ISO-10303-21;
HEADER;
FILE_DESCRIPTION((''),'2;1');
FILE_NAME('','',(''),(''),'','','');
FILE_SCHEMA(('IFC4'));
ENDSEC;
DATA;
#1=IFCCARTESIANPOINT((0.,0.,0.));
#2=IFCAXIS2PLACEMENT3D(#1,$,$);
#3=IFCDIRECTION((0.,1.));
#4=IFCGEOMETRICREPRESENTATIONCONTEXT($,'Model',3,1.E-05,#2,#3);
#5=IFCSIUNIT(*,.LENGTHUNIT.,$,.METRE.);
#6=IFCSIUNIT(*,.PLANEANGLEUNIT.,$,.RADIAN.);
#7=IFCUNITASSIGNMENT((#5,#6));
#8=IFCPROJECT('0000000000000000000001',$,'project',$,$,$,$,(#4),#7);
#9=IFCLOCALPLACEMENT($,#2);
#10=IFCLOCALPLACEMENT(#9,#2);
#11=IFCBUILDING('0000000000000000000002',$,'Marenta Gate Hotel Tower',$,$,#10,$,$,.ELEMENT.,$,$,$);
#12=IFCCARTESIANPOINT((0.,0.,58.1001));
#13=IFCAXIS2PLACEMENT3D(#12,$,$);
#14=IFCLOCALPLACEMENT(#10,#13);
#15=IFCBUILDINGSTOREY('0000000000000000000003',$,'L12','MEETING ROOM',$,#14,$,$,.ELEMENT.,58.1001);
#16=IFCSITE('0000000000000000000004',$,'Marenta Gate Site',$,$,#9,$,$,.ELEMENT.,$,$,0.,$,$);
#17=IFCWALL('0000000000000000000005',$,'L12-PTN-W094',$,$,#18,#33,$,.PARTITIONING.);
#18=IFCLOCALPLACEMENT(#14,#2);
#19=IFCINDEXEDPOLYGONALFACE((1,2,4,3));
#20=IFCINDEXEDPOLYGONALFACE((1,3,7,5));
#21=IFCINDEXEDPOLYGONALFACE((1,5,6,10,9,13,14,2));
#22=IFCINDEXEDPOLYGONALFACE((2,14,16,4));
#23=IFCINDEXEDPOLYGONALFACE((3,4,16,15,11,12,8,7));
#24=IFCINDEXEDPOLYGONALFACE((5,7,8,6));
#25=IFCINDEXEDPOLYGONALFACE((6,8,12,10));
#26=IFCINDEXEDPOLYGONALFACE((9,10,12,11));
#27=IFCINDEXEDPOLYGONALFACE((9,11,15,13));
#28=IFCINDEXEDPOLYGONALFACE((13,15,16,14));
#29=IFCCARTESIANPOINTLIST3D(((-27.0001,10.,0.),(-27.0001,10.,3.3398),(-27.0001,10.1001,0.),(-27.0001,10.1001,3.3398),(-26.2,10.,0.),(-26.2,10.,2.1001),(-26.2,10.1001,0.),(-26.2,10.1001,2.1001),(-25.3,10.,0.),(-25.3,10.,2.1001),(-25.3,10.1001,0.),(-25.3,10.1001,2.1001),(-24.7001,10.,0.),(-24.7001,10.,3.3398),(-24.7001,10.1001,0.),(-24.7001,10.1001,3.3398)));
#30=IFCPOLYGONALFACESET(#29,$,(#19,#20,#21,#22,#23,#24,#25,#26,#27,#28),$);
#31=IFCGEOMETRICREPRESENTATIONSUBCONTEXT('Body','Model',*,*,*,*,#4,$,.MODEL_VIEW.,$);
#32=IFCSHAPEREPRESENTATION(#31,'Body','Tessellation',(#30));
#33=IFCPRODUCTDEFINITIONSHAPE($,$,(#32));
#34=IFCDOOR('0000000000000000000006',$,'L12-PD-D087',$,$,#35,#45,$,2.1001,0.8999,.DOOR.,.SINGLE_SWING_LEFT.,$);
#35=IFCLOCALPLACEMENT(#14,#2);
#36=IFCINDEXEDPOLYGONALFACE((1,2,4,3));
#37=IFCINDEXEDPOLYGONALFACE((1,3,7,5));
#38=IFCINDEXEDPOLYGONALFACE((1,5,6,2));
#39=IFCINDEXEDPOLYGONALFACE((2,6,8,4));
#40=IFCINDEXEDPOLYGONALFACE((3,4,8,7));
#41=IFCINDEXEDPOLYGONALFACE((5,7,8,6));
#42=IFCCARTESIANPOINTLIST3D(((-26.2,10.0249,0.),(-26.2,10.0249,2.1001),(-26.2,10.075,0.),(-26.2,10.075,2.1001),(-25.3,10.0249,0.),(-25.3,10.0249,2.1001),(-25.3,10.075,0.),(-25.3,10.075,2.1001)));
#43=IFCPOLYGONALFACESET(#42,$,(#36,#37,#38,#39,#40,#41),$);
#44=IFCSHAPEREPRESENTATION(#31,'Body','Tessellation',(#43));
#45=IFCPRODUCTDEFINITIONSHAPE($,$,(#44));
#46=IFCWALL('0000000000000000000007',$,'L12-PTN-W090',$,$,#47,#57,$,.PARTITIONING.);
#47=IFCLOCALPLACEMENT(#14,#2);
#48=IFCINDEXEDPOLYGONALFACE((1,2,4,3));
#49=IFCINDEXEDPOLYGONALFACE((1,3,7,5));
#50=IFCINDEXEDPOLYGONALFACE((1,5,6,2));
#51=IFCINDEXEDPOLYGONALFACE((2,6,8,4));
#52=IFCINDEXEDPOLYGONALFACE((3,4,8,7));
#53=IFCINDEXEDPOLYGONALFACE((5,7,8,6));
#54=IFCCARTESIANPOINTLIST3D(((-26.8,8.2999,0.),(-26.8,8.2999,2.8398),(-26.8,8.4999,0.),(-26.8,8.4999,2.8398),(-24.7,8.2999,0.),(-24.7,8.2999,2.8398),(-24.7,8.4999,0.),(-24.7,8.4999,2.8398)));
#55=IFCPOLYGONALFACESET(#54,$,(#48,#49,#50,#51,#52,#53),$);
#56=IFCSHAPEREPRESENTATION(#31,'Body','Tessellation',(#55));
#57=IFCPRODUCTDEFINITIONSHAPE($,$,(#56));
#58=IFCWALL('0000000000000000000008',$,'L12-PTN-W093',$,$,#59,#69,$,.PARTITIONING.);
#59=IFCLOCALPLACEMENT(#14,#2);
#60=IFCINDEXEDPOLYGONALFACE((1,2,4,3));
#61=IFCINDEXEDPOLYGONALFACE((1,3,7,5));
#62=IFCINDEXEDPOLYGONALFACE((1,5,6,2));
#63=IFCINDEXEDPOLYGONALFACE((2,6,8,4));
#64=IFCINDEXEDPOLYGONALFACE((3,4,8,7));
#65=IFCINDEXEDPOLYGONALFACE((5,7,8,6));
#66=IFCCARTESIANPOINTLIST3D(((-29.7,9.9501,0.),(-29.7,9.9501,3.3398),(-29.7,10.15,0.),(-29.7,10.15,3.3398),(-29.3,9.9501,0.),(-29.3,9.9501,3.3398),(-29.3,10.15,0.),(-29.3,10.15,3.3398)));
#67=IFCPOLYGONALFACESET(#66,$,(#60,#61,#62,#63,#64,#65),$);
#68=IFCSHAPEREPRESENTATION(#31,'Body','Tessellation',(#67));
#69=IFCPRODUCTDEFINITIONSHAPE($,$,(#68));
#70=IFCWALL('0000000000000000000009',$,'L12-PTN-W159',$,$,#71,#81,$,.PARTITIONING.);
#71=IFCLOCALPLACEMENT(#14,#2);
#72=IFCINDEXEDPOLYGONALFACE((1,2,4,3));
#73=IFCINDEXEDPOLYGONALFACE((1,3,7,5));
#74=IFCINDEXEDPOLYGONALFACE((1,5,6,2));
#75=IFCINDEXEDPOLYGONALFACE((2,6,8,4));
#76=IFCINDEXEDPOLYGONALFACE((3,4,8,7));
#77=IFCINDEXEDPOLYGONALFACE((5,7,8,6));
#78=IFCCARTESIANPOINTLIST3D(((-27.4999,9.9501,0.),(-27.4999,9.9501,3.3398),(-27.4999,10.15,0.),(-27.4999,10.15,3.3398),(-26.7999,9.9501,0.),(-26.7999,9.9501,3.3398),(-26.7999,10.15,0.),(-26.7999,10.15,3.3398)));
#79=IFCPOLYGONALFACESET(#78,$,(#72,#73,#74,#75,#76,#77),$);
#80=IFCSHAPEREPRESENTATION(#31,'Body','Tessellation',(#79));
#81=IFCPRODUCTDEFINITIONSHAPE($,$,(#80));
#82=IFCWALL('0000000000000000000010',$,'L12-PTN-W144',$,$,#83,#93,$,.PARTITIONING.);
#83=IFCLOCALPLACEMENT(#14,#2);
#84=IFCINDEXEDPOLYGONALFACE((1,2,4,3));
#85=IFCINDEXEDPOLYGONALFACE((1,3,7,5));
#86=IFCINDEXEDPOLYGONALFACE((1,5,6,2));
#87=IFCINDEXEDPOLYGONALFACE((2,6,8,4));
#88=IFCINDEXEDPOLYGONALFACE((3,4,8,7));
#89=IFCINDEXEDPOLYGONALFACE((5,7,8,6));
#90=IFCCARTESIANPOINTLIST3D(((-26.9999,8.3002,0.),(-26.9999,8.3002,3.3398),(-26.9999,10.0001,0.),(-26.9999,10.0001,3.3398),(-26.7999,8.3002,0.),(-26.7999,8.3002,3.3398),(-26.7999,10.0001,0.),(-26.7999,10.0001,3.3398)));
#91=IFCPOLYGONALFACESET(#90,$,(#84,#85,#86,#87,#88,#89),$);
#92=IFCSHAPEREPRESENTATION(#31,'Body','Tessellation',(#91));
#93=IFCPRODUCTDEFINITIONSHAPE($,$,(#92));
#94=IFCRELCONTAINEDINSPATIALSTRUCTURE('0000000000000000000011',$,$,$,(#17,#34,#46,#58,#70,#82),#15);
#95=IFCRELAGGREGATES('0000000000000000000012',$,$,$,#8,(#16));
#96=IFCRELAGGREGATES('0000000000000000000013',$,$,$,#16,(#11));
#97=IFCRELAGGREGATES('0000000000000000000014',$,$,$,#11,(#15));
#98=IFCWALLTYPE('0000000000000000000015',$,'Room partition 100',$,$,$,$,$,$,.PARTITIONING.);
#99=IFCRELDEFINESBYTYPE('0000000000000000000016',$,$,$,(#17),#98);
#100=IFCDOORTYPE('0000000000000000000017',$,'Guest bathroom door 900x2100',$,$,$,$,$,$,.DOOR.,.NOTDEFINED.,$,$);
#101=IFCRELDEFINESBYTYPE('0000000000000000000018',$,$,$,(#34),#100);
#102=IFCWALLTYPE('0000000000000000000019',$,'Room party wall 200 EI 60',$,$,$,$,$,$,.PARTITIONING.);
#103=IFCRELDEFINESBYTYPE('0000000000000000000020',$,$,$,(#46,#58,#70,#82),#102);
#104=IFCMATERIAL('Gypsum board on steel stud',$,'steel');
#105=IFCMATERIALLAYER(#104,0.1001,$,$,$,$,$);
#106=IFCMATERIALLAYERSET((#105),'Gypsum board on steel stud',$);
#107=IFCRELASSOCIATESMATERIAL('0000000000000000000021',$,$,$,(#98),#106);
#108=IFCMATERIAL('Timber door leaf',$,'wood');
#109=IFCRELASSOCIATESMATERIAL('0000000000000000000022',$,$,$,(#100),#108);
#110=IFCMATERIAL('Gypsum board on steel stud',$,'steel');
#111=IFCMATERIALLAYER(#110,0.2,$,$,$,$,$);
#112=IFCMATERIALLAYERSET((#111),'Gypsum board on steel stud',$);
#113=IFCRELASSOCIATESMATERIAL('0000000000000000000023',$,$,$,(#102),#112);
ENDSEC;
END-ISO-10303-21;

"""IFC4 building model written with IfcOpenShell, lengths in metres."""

from ifc_helpers import new_model, si_unit, direction, frame, frame_2d, origin, place, context, subcontext, project, spatial, rectangle, extrude, material, layer, layer_set, type_object, element, fill, save


model = new_model("IFC4")

# Units and contexts
model_context = context("Model", 3, precision=1e-05, world=origin(), true_north=direction((0.0, 1.0)))
body_context = subcontext(model_context, "Body", "Model", "MODEL_VIEW")
ifc_project = project(units=[si_unit("LENGTHUNIT", "METRE"), si_unit("PLANEANGLEUNIT", "RADIAN")], contexts=[model_context])

# Site, building, storey
site_placement = place(None, origin())
site = spatial("IfcSite", under=ifc_project, at=site_placement, Name="Marenta Gate Site", CompositionType="ELEMENT", RefElevation=0.0)
building_placement = place(site_placement, origin())
building = spatial("IfcBuilding", under=site, at=building_placement, Name="Marenta Gate Hotel Tower", CompositionType="ELEMENT")
storey_placement = place(building_placement, frame((0.0, 0.0, 58.1001)))
storey = spatial("IfcBuildingStorey", under=building, at=storey_placement, Name="L12", Description="MEETING ROOM", CompositionType="ELEMENT", Elevation=58.1001)

# Wall, opening, door
ifc_material_1 = material(Name="Gypsum board on steel stud", Category="steel")
ifc_layer_1 = layer(ifc_material_1, 0.1001)
ifc_layer_set_1 = layer_set([ifc_layer_1], Name="Gypsum board on steel stud")
wall_type_1 = type_object("IfcWallType", Name="Room partition 100", PredefinedType="PARTITIONING", material=ifc_layer_set_1)
wall_1_placement = place(storey_placement, frame((-27.0, 10.05, 0.0), z_axis=(0.0, 0.0, 1.0), x_axis=(1.0, 0.0, 0.0)))
wall_1 = element("IfcWall", 1, at=wall_1_placement, inside=storey, type_object=wall_type_1, Name="L12-PTN-W094", PredefinedType="PARTITIONING", context=body_context, shape_type="SweptSolid", body=[
    extrude(rectangle(XDim=2.3, YDim=0.1001, at=frame_2d((1.1499, 0.0))), origin(), (0.0, 0.0, 1.0), 3.3398),
])
opening_1_placement = place(wall_1_placement, frame((0.8, 0.0, 0.0)))
opening_1 = element("IfcOpeningElement", 2, at=opening_1_placement, cuts=wall_1, PredefinedType="OPENING", context=body_context, shape_type="SweptSolid", body=[
    extrude(rectangle(XDim=0.8999, YDim=2.1001, at=frame_2d((0.45, 1.05))), frame((0.0, 0.05, 0.0), z_axis=(0.0, -1.0, 0.0), x_axis=(1.0, 0.0, 0.0)), (0.0, 0.0, 1.0), 0.1001),
])
ifc_material_2 = material(Name="Timber door leaf", Category="wood")
door_type_1 = type_object("IfcDoorType", Name="Guest bathroom door 900x2100", OperationType="NOTDEFINED", PredefinedType="DOOR", material=ifc_material_2)
door_1_placement = place(opening_1_placement, origin())
door_1 = element("IfcDoor", 3, at=door_1_placement, inside=storey, type_object=door_type_1, Name="L12-PD-D087", OperationType="SINGLE_SWING_LEFT", OverallHeight=2.1001, OverallWidth=0.8999, PredefinedType="DOOR", context=body_context, shape_type="SweptSolid", body=[
    extrude(rectangle(XDim=0.8999, YDim=2.1001, at=frame_2d((0.45, 1.05))), frame((0.0, 0.0249, 0.0), z_axis=(0.0, -1.0, 0.0), x_axis=(1.0, 0.0, 0.0)), (0.0, 0.0, 1.0), 0.05),
])
fill(opening_1, door_1)

# Walls
ifc_material_3 = material(Name="Gypsum board on steel stud", Category="steel")
ifc_layer_2 = layer(ifc_material_3, 0.2)
ifc_layer_set_2 = layer_set([ifc_layer_2], Name="Gypsum board on steel stud")
wall_type_2 = type_object("IfcWallType", Name="Room party wall 200 EI 60", PredefinedType="PARTITIONING", material=ifc_layer_set_2)
wall_2_placement = place(storey_placement, frame((-26.8, 8.3999, 0.0), z_axis=(0.0, 0.0, 1.0), x_axis=(1.0, 0.0, 0.0)))
element("IfcWall", 4, at=wall_2_placement, inside=storey, type_object=wall_type_2, Name="L12-PTN-W090", PredefinedType="PARTITIONING", context=body_context, shape_type="SweptSolid", body=[
    extrude(rectangle(XDim=2.1001, YDim=0.2, at=frame_2d((1.05, 0.0))), origin(), (0.0, 0.0, 1.0), 2.8398),
])
wall_3_placement = place(storey_placement, frame((-29.7, 10.05, 0.0), z_axis=(0.0, 0.0, 1.0), x_axis=(1.0, 0.0, 0.0)))
element("IfcWall", 5, at=wall_3_placement, inside=storey, type_object=wall_type_2, Name="L12-PTN-W093", PredefinedType="PARTITIONING", context=body_context, shape_type="SweptSolid", body=[
    extrude(rectangle(XDim=0.3999, YDim=0.2, at=frame_2d((0.2, 0.0))), origin(), (0.0, 0.0, 1.0), 3.3398),
])
wall_4_placement = place(storey_placement, frame((-27.5, 10.05, 0.0), z_axis=(0.0, 0.0, 1.0), x_axis=(1.0, 0.0, 0.0)))
element("IfcWall", 6, at=wall_4_placement, inside=storey, type_object=wall_type_2, Name="L12-PTN-W159", PredefinedType="PARTITIONING", context=body_context, shape_type="SweptSolid", body=[
    extrude(rectangle(XDim=0.7, YDim=0.2, at=frame_2d((0.3501, 0.0))), origin(), (0.0, 0.0, 1.0), 3.3398),
])
wall_5_placement = place(storey_placement, frame((-26.8999, 8.3, 0.0), z_axis=(0.0, 0.0, 1.0), x_axis=(0.0, 1.0, 0.0)))
element("IfcWall", 7, at=wall_5_placement, inside=storey, type_object=wall_type_2, Name="L12-PTN-W144", PredefinedType="PARTITIONING", context=body_context, shape_type="SweptSolid", body=[
    extrude(rectangle(XDim=1.7, YDim=0.2, at=frame_2d((0.8501, 0.0))), origin(), (0.0, 0.0, 1.0), 3.3398),
])

save(model, "model.ifc")
